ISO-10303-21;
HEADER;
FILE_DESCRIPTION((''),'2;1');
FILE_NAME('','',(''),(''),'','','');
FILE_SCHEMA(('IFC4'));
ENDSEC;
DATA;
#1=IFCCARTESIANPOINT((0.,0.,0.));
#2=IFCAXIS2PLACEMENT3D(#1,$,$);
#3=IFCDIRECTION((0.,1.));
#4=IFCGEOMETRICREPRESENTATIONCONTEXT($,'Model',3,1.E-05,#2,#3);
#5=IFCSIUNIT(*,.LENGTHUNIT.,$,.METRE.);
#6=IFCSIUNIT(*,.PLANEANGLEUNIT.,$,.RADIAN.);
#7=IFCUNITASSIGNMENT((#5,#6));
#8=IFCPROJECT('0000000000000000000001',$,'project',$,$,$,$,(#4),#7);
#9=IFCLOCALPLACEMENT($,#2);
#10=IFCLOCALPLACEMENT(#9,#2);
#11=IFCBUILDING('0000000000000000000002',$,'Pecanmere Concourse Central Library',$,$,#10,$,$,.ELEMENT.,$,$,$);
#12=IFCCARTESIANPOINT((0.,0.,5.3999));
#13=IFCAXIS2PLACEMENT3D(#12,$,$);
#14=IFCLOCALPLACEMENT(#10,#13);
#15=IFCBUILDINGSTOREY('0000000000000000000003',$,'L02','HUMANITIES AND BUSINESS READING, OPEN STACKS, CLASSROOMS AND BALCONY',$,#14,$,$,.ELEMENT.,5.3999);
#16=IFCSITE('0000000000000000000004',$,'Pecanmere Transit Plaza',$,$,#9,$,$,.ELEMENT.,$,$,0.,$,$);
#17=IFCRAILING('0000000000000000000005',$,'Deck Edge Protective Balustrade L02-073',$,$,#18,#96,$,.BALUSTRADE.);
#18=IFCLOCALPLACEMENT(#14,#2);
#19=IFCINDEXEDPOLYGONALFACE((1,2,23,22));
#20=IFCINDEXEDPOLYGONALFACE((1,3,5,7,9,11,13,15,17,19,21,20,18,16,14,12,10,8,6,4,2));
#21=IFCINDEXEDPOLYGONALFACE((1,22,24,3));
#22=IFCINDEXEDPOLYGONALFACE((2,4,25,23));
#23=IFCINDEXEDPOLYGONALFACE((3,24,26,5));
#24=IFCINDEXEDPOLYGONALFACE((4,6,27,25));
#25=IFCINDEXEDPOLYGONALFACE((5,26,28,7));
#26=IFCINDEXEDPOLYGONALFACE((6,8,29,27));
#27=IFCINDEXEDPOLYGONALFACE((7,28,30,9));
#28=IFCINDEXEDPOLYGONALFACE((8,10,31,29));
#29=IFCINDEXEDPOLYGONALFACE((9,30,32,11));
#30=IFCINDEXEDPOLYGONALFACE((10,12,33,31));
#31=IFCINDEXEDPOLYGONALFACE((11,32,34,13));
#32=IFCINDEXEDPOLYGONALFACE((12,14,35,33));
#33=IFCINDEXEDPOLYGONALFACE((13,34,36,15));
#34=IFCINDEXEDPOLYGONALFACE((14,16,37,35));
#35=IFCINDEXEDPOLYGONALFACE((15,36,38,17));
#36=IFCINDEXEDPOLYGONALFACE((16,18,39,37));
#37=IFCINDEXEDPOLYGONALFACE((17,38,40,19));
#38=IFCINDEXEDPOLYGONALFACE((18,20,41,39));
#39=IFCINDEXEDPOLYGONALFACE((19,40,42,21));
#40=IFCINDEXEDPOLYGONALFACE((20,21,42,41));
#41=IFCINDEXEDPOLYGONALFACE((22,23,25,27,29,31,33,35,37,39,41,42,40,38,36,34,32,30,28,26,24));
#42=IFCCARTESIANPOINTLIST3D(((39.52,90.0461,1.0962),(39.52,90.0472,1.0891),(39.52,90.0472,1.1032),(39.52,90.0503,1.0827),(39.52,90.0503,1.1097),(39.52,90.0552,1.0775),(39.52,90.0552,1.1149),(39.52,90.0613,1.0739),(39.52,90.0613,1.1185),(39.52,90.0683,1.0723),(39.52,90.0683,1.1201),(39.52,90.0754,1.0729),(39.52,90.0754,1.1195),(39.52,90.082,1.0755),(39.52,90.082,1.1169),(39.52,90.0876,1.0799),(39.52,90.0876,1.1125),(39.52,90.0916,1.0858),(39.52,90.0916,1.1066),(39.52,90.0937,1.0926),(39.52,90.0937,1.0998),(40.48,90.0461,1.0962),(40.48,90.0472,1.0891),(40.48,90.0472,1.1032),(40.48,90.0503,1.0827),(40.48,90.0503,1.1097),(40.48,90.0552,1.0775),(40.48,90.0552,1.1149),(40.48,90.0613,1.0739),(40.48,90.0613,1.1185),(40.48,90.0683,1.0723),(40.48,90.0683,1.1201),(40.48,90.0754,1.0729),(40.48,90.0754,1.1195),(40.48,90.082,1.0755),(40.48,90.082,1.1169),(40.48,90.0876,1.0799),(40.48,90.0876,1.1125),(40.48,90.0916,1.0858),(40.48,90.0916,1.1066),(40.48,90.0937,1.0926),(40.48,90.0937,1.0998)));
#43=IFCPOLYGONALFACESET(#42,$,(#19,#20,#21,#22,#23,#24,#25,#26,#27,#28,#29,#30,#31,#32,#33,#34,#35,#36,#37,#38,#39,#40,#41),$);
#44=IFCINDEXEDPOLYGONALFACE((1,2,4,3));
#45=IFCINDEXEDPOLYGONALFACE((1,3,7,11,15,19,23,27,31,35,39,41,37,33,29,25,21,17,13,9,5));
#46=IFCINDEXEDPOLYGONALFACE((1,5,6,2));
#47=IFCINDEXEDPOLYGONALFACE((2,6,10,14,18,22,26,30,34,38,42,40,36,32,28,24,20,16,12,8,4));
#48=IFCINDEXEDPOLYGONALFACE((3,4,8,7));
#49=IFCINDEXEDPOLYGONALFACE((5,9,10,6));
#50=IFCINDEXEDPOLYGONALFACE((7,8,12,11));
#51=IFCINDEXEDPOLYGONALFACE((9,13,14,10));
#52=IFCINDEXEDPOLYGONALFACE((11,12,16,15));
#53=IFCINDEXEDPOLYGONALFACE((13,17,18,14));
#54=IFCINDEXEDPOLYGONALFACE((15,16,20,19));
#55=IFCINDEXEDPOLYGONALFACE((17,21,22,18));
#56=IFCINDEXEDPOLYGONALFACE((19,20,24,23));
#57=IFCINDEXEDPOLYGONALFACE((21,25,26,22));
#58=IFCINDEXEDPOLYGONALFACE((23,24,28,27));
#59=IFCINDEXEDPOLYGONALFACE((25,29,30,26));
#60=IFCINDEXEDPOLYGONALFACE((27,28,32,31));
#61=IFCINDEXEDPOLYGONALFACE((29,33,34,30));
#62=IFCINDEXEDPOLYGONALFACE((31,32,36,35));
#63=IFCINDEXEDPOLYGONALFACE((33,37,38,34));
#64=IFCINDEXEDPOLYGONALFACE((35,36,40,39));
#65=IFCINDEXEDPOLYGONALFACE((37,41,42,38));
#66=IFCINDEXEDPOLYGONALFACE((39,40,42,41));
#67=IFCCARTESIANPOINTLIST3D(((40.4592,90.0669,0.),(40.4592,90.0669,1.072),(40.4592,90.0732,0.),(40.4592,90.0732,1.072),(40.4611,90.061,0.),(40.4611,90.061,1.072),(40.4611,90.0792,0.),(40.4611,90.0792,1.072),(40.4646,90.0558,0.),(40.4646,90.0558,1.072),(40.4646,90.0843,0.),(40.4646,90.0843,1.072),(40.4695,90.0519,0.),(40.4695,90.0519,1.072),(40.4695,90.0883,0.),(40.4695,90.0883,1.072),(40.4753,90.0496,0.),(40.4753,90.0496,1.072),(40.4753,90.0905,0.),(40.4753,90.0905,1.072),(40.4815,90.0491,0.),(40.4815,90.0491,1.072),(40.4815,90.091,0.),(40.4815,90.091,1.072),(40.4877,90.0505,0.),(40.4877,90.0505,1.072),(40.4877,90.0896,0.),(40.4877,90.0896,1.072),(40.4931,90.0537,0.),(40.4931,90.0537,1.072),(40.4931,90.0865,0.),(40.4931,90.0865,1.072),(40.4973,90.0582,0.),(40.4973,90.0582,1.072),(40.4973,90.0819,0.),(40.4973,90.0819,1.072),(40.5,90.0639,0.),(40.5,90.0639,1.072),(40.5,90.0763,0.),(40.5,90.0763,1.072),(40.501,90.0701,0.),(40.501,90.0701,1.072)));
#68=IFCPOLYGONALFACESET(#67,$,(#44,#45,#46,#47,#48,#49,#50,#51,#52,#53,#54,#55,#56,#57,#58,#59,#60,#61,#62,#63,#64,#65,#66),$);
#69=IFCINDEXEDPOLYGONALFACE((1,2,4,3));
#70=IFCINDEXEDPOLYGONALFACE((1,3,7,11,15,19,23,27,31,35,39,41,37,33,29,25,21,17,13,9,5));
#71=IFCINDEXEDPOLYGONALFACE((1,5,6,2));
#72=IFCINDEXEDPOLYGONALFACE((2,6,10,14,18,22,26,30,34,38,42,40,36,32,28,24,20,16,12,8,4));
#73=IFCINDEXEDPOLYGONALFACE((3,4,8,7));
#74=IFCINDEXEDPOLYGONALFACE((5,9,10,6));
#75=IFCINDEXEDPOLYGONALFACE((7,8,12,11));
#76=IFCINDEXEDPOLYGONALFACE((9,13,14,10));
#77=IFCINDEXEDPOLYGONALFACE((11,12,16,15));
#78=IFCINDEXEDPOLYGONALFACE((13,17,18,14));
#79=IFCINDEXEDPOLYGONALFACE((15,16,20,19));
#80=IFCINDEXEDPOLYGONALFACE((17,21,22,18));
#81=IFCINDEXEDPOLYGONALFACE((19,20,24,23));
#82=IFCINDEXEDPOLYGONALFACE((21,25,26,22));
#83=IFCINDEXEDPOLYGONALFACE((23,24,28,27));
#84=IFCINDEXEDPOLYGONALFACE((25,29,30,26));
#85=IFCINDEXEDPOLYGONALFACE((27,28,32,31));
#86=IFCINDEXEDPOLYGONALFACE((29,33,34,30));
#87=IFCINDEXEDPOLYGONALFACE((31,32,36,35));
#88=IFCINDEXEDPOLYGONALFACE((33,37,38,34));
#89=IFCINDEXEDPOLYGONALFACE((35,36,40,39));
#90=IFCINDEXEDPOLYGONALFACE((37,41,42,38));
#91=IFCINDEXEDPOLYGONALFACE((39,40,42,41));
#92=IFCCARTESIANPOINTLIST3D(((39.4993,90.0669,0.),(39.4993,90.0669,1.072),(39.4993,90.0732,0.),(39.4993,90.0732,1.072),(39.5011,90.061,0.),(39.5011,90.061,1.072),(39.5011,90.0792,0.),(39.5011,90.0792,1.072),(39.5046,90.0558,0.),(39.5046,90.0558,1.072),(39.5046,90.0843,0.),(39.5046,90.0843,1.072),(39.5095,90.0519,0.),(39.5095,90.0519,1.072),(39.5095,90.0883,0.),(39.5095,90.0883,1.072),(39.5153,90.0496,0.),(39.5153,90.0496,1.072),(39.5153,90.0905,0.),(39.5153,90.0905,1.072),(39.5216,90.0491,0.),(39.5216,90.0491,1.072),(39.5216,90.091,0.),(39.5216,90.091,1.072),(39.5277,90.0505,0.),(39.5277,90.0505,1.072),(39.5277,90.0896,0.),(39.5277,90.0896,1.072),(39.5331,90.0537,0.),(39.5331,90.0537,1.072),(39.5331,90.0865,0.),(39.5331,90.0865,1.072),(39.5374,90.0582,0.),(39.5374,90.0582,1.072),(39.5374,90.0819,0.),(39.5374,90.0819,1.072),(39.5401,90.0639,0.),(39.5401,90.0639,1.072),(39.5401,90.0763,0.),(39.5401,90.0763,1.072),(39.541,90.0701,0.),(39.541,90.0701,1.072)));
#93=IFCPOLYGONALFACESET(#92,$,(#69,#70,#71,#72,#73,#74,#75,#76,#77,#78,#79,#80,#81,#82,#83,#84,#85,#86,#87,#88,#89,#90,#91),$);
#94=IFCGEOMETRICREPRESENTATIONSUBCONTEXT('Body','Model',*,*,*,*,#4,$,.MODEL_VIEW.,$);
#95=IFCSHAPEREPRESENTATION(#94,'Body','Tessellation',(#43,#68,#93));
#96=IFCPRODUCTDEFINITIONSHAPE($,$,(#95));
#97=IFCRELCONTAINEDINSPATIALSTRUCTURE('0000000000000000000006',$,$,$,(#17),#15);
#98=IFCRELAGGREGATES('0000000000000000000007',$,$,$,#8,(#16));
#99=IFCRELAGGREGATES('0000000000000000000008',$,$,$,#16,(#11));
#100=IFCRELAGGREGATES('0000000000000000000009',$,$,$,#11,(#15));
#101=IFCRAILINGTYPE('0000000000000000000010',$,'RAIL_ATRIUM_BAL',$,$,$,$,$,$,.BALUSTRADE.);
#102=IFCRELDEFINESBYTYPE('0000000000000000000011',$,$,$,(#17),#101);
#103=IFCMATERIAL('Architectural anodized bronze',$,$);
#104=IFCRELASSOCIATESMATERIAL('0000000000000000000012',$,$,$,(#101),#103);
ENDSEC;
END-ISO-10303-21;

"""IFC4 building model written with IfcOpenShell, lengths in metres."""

from ifc_helpers import new_model, si_unit, direction, frame, origin, origin_2d, place, context, subcontext, project, spatial, circle, extrude, material, type_object, element, save


model = new_model("IFC4")

# Units and contexts
model_context = context("Model", 3, precision=1e-05, world=origin(), true_north=direction((0.0, 1.0)))
body_context = subcontext(model_context, "Body", "Model", "MODEL_VIEW")
ifc_project = project(units=[si_unit("LENGTHUNIT", "METRE"), si_unit("PLANEANGLEUNIT", "RADIAN")], contexts=[model_context])

# Site, building, storey
site_placement = place(None, origin())
site = spatial("IfcSite", under=ifc_project, at=site_placement, Name="Pecanmere Transit Plaza", CompositionType="ELEMENT", RefElevation=0.0)
building_placement = place(site_placement, origin())
building = spatial("IfcBuilding", under=site, at=building_placement, Name="Pecanmere Concourse Central Library", CompositionType="ELEMENT")
storey_placement = place(building_placement, frame((0.0, 0.0, 5.3999)))
storey = spatial("IfcBuildingStorey", under=building, at=storey_placement, Name="L02", Description="HUMANITIES AND BUSINESS READING, OPEN STACKS, CLASSROOMS AND BALCONY", CompositionType="ELEMENT", Elevation=5.3999)

# Railing
ifc_material_1 = material(Name="Architectural anodized bronze")
railing_type = type_object("IfcRailingType", Name="RAIL_ATRIUM_BAL", PredefinedType="BALUSTRADE", material=ifc_material_1)
railing_1_placement = place(storey_placement, frame((40.48, 90.0701, 0.0)))
element("IfcRailing", 1, at=railing_1_placement, inside=storey, type_object=railing_type, Name="Deck Edge Protective Balustrade L02-073", PredefinedType="BALUSTRADE", context=body_context, shape_type="SweptSolid", body=[
    extrude(circle(Radius=0.0239, at=origin_2d()), frame((0.0, 0.0, 1.0962), z_axis=(-1.0, 0.0, 0.0), x_axis=(0.0, -1.0, 0.0)), (0.0, 0.0, 1.0), 0.96),
    extrude(circle(Radius=0.021, at=origin_2d()), origin(), (0.0, 0.0, 1.0), 1.072),
    extrude(circle(Radius=0.021, at=origin_2d()), frame((-0.96, 0.0, 0.0)), (0.0, 0.0, 1.0), 1.072),
])

save(model, "model.ifc")
